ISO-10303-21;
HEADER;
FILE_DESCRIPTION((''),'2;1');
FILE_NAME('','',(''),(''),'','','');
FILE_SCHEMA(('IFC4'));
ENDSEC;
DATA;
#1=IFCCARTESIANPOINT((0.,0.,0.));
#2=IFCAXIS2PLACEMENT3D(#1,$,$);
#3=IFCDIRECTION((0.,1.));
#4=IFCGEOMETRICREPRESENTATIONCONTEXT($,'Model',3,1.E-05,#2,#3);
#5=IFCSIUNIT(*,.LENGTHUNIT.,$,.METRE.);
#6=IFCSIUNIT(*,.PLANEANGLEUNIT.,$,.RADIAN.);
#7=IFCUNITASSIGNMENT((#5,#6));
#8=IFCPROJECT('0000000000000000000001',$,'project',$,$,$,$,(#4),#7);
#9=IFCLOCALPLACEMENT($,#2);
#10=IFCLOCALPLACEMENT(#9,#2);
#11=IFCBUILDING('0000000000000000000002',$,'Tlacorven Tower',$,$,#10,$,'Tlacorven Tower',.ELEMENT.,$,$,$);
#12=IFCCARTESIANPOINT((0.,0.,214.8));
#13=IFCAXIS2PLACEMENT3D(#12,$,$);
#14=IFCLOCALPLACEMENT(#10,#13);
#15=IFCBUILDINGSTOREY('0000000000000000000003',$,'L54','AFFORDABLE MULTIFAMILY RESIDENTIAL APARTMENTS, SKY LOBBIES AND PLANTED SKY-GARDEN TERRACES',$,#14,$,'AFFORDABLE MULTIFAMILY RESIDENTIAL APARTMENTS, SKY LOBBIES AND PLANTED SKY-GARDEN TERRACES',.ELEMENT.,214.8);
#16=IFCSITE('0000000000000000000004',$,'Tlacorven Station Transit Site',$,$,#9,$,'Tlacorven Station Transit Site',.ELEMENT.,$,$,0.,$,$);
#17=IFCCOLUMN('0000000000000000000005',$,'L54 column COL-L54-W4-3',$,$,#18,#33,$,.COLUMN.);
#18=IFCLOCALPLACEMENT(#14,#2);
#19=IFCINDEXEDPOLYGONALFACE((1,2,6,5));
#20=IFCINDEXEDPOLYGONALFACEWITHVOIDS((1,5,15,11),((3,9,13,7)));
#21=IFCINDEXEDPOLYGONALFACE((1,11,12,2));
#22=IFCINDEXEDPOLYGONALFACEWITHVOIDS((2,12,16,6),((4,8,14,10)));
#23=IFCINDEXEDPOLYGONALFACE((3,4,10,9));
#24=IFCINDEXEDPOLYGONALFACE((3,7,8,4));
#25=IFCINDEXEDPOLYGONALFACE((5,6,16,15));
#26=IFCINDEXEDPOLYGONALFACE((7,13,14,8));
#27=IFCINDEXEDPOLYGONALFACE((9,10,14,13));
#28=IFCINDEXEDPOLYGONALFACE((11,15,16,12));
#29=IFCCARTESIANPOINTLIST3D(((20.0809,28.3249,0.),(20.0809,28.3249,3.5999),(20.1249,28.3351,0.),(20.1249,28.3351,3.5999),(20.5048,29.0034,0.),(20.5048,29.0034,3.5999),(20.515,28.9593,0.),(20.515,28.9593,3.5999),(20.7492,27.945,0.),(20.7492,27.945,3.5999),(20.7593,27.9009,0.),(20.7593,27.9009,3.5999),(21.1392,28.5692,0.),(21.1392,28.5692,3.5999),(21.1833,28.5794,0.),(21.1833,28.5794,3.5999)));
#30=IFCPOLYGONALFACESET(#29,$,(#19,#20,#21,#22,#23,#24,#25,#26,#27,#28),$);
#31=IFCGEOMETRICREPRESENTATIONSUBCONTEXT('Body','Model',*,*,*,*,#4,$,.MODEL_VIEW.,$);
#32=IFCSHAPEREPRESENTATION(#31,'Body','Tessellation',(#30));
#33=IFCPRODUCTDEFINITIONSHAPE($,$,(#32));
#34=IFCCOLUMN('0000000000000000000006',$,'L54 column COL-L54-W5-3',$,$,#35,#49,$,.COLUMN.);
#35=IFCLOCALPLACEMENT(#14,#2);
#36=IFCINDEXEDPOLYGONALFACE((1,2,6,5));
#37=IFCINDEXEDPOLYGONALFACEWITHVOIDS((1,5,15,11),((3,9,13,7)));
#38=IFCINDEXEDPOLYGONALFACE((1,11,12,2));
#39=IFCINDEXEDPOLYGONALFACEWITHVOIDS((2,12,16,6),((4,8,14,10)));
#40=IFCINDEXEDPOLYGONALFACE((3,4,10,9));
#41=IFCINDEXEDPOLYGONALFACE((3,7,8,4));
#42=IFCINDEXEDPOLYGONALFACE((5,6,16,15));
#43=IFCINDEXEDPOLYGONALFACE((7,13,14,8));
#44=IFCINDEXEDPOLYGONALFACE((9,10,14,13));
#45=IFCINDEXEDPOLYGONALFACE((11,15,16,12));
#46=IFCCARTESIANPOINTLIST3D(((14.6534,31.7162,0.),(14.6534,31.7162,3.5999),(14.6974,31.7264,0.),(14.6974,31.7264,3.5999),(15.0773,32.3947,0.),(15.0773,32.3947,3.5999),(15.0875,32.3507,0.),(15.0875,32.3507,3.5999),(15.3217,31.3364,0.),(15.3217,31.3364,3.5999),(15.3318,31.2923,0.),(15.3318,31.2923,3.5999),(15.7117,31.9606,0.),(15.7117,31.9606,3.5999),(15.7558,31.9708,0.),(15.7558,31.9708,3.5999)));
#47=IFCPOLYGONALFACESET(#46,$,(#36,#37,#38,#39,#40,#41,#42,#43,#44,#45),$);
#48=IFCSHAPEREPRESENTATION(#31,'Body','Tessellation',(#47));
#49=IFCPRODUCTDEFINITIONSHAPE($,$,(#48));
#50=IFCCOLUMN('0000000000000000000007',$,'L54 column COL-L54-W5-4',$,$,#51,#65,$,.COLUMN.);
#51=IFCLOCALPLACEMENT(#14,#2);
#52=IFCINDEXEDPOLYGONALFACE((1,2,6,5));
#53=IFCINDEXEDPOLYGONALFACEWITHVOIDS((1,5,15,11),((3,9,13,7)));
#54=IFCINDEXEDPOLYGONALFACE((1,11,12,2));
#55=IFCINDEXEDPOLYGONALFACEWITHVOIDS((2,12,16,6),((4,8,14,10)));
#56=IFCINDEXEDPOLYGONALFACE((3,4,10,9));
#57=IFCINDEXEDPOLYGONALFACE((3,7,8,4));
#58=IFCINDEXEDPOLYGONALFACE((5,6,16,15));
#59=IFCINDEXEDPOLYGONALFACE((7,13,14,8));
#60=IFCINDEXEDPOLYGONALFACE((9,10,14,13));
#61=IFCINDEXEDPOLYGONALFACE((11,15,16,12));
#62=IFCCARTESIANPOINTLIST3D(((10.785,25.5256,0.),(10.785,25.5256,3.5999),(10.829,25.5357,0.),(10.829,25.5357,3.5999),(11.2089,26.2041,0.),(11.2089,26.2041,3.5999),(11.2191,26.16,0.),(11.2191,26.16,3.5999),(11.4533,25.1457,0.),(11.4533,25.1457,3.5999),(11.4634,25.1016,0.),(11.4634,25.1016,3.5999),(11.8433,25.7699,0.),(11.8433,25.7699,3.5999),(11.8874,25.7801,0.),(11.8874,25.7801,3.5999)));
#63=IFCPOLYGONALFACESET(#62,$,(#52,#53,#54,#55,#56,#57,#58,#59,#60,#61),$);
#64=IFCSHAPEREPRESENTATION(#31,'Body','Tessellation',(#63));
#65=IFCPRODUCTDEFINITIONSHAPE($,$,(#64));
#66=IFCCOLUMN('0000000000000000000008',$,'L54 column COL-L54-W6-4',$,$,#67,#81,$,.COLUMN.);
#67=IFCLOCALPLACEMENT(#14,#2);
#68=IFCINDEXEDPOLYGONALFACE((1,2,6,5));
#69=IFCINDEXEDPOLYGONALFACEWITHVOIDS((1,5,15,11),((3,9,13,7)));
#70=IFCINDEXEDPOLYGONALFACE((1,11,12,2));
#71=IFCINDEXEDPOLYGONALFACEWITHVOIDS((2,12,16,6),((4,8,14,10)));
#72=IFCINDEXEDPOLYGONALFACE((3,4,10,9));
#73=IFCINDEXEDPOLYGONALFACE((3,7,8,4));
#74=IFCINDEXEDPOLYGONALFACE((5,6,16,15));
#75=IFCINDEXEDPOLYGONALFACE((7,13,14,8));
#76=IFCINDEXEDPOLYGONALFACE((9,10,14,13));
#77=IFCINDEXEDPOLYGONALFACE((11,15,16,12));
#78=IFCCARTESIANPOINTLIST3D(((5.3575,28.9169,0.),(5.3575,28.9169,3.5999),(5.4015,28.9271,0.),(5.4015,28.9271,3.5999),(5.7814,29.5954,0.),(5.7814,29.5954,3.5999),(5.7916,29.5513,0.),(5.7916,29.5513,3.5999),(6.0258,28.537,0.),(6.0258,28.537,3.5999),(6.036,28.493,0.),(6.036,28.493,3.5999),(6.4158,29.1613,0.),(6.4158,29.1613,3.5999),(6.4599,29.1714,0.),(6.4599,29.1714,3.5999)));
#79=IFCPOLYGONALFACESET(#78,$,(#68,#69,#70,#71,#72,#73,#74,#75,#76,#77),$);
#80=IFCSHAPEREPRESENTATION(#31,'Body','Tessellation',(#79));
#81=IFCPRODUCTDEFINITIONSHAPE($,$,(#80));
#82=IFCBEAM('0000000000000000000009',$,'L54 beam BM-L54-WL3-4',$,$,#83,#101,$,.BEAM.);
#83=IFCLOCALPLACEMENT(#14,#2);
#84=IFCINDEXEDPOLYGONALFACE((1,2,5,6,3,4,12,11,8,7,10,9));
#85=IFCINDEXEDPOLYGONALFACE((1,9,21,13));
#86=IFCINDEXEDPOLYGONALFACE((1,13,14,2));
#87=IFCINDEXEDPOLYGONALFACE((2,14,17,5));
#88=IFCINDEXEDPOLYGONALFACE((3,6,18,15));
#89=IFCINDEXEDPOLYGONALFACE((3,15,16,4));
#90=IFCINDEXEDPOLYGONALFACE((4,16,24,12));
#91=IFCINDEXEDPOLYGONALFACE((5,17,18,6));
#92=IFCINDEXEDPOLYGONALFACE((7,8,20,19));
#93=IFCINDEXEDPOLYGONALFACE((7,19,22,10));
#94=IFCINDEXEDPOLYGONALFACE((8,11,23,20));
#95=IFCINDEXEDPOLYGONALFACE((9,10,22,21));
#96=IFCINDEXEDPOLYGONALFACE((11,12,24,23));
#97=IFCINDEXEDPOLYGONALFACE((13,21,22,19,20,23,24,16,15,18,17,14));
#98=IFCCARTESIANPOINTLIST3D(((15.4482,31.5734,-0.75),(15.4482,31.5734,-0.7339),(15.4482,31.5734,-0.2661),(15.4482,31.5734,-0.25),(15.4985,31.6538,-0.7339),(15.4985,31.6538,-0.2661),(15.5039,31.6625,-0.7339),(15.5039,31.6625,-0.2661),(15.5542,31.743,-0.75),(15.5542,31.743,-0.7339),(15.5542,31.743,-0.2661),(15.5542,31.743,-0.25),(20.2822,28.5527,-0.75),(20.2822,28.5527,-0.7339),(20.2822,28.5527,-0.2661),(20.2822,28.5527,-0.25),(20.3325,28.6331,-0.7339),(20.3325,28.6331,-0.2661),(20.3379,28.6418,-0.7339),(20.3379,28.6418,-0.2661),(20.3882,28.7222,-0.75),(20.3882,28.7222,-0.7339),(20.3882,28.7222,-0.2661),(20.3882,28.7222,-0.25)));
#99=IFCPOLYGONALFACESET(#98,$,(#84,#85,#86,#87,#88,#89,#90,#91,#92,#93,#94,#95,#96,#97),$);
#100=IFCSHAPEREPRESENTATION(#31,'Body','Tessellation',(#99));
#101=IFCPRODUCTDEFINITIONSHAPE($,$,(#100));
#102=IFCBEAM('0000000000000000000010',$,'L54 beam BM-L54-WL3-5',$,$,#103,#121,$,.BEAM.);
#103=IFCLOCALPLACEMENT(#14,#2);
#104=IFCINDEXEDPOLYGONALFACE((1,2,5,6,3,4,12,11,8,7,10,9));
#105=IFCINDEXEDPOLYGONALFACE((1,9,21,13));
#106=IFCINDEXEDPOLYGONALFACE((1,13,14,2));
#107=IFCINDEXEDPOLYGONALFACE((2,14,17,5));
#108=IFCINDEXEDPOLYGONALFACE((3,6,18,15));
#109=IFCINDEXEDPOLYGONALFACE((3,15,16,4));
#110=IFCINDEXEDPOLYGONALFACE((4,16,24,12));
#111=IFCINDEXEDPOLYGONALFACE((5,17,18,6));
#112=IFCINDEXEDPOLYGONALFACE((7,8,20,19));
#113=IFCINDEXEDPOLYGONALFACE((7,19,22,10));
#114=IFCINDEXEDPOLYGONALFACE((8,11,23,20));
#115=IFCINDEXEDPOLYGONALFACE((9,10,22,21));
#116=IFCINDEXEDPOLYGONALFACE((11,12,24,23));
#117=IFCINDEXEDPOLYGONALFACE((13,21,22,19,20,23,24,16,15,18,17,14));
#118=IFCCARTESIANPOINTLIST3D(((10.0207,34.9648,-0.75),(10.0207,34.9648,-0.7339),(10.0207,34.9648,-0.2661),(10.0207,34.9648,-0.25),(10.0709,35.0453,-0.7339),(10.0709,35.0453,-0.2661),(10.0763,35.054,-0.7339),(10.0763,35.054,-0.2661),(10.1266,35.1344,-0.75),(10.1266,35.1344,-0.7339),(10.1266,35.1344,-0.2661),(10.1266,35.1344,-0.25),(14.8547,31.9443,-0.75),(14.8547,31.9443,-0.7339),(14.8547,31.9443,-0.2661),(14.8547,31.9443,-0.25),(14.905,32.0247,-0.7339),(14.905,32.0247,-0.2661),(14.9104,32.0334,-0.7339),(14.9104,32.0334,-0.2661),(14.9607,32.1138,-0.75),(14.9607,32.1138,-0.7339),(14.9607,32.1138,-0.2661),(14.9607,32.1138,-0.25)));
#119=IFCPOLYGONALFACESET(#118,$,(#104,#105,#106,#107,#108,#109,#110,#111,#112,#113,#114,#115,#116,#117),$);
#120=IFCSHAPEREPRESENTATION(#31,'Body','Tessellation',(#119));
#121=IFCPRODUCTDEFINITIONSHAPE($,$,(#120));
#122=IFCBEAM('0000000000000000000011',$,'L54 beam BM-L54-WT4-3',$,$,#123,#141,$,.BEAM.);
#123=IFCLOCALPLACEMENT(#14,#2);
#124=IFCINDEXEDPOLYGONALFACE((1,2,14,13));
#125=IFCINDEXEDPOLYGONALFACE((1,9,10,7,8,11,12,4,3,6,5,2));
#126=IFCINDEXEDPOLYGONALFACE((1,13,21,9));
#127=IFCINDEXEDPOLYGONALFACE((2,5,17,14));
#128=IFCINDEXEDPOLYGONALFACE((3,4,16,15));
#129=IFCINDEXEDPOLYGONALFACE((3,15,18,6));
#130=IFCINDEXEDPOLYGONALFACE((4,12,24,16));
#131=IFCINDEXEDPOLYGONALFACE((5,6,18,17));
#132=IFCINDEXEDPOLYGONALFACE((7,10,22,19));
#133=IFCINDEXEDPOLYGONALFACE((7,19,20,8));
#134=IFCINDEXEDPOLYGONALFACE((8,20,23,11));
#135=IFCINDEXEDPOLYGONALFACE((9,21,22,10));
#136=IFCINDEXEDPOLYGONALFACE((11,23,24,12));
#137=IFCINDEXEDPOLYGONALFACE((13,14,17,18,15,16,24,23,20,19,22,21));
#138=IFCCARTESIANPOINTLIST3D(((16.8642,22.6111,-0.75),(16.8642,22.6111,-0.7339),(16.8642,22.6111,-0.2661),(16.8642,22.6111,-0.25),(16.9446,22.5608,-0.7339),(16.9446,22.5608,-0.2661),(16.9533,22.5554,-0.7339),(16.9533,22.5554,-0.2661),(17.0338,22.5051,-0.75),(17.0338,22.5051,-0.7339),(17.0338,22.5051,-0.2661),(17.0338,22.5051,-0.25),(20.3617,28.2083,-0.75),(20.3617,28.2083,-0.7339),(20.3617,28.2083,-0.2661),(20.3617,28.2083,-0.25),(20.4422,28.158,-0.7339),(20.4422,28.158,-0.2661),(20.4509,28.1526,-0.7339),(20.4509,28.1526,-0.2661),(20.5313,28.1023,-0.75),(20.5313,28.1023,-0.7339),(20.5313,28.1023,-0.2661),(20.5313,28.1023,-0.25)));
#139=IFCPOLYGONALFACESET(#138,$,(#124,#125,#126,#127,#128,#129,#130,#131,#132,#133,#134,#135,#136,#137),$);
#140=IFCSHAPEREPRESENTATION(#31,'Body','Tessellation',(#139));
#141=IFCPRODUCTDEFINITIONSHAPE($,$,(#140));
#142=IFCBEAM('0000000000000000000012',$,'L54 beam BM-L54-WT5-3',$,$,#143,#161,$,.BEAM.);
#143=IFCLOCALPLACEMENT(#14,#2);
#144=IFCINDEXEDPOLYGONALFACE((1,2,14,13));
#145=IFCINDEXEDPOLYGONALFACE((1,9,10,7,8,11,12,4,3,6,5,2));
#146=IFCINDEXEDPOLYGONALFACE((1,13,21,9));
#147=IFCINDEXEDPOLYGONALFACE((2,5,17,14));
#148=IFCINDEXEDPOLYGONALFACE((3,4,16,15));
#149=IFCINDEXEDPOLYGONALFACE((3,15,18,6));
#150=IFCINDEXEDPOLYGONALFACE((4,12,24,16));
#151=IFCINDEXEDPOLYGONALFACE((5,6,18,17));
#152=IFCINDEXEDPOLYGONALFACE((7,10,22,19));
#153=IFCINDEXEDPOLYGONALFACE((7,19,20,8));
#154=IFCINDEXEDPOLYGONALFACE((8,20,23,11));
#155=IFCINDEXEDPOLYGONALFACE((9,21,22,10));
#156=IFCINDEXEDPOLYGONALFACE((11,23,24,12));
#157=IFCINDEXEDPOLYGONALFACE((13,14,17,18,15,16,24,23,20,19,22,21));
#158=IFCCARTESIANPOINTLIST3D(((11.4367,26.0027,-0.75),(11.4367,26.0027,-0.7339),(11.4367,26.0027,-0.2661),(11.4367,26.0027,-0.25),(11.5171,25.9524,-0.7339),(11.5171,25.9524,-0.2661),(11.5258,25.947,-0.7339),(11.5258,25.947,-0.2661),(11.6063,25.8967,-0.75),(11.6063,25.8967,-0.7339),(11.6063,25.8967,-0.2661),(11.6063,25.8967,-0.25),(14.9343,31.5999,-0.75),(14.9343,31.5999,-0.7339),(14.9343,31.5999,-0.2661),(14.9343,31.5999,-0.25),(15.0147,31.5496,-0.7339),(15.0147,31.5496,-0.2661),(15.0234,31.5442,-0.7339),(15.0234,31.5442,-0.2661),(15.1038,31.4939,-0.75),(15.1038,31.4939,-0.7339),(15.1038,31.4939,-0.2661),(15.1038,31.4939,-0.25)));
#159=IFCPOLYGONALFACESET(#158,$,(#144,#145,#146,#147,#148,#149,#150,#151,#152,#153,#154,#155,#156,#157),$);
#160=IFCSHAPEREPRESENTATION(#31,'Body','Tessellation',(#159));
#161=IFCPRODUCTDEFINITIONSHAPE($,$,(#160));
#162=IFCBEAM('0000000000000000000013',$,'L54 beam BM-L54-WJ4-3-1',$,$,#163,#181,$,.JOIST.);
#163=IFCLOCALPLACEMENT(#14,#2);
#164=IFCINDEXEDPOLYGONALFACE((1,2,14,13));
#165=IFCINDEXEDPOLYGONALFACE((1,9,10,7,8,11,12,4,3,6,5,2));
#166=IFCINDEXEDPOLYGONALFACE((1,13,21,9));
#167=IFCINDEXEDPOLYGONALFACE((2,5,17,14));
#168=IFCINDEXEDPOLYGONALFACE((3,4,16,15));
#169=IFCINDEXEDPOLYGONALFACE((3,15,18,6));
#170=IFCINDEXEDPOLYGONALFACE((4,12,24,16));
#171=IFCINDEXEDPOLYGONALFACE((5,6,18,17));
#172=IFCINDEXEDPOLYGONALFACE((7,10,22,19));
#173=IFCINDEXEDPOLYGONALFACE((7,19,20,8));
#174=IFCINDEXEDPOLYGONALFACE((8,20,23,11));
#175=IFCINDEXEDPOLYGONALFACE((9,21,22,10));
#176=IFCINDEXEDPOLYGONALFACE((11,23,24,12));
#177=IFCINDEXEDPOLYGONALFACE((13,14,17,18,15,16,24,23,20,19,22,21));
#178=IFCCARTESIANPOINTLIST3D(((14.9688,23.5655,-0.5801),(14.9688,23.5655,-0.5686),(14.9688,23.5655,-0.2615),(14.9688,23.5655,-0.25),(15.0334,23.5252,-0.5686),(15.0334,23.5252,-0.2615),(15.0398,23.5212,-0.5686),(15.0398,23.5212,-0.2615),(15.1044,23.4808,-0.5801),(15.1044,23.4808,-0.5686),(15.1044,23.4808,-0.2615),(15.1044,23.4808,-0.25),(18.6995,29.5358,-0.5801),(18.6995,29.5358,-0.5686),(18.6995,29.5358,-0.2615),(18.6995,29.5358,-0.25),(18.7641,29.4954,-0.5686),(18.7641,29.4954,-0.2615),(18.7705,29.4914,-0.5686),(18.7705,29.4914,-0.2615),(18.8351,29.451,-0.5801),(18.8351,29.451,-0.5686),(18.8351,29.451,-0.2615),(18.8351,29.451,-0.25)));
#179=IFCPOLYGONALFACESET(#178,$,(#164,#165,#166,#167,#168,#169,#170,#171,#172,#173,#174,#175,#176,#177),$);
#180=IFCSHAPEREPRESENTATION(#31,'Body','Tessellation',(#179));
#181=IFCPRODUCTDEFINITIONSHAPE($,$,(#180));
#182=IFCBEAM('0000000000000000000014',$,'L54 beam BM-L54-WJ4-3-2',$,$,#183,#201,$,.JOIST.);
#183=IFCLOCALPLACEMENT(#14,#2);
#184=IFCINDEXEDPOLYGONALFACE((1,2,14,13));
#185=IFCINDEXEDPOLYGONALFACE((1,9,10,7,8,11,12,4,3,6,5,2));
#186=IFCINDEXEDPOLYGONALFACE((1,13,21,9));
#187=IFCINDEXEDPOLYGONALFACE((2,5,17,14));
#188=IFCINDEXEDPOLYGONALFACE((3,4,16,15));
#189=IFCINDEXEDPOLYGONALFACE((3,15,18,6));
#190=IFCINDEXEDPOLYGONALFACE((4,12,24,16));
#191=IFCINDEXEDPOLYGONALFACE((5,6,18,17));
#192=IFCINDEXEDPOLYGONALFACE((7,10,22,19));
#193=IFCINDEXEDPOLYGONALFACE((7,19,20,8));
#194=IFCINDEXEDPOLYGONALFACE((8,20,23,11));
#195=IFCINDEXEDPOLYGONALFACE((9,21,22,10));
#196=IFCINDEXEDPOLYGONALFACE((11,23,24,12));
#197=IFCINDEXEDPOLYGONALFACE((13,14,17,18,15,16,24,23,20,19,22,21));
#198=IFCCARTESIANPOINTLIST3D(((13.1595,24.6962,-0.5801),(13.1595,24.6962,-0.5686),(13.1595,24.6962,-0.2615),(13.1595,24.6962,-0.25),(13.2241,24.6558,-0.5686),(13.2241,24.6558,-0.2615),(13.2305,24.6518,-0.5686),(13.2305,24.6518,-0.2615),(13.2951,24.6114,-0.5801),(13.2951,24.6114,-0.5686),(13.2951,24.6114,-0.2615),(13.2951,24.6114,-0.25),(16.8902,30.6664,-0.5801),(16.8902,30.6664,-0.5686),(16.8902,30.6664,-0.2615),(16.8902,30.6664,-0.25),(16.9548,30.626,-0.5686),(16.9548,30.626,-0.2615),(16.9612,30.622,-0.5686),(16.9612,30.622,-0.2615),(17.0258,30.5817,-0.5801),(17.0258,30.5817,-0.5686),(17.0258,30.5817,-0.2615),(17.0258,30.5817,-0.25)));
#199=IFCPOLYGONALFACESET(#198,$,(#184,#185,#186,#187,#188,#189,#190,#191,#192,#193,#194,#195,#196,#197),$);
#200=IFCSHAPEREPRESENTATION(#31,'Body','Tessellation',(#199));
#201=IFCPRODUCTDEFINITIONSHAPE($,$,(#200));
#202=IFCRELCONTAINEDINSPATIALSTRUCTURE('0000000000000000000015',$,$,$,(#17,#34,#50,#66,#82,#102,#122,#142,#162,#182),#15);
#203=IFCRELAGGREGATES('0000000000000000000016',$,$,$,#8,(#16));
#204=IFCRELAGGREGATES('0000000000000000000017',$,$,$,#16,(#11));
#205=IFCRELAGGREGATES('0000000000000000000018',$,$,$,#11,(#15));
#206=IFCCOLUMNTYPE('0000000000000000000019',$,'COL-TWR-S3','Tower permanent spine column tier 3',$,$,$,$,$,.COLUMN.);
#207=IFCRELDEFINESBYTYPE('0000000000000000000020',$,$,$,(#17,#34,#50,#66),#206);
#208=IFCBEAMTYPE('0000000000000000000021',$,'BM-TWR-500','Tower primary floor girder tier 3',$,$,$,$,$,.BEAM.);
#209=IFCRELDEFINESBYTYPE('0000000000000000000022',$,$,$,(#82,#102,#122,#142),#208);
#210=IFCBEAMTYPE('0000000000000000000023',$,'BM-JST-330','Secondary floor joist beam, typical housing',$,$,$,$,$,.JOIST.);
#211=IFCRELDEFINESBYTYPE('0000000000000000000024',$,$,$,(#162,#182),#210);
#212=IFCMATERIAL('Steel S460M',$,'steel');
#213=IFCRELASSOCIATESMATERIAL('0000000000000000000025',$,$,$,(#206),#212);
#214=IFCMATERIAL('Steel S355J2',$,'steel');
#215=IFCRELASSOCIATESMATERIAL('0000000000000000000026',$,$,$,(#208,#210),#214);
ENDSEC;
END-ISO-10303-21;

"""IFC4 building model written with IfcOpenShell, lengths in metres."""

from ifc_helpers import new_model, si_unit, direction, frame, origin, origin_2d, place, context, subcontext, project, spatial, hollow_rectangle, i_section, extrude, source, transform, mapped, material, material_profile, profile_set, type_object, element, save


model = new_model("IFC4")

# Units and contexts
model_context = context("Model", 3, precision=1e-05, world=origin(), true_north=direction((0.0, 1.0)))
body_context = subcontext(model_context, "Body", "Model", "MODEL_VIEW")
ifc_project = project(units=[si_unit("LENGTHUNIT", "METRE"), si_unit("PLANEANGLEUNIT", "RADIAN")], contexts=[model_context])

# Site, building, storey
site_placement = place(None, origin())
site = spatial("IfcSite", under=ifc_project, at=site_placement, Name="Tlacorven Station Transit Site", LongName="Tlacorven Station Transit Site", CompositionType="ELEMENT", RefElevation=0.0)
building_placement = place(site_placement, origin())
building = spatial("IfcBuilding", under=site, at=building_placement, Name="Tlacorven Tower", LongName="Tlacorven Tower", CompositionType="ELEMENT")
storey_placement = place(building_placement, frame((0.0, 0.0, 214.8)))
storey = spatial("IfcBuildingStorey", under=building, at=storey_placement, Name="L54", Description="AFFORDABLE MULTIFAMILY RESIDENTIAL APARTMENTS, SKY LOBBIES AND PLANTED SKY-GARDEN TERRACES", LongName="AFFORDABLE MULTIFAMILY RESIDENTIAL APARTMENTS, SKY LOBBIES AND PLANTED SKY-GARDEN TERRACES", CompositionType="ELEMENT", Elevation=214.8)

# Columns
ifc_material_1 = material(Name="Steel S460M", Category="steel")
ifc_material_profile_1 = material_profile(ifc_material_1, hollow_rectangle(XDim=0.8, YDim=0.8, WallThickness=0.032, at=origin_2d()), Name="BOX 800X800X32")
ifc_profile_set_1 = profile_set([ifc_material_profile_1], Name="Steel S460M")
column_type = type_object("IfcColumnType", Name="COL-TWR-S3", Description="Tower permanent spine column tier 3", PredefinedType="COLUMN", material=ifc_profile_set_1)
shared_shape_1 = source(origin(), body_context, "Body", "SweptSolid", [
    extrude(hollow_rectangle(XDim=0.8, YDim=0.8, WallThickness=0.032, at=origin_2d()), origin(), (0.0, 0.0, 1.0), 3.5999),
])
for number, where, z_axis, x_axis, name in (
    (1, (20.6321, 28.4521, 0.0), (0.0, 0.0, 1.0), (-0.848048, 0.529919, 0.0), "L54 column COL-L54-W4-3"),
    (2, (15.2046, 31.8435, 0.0), (0.0, 0.0, 1.0), (-0.848048, 0.529919, 0.0), "L54 column COL-L54-W5-3"),
    (3, (11.3362, 25.6528, 0.0), (0.0, 0.0, 1.0), (-0.848048, 0.529919, 0.0), "L54 column COL-L54-W5-4"),
    (4, (5.9087, 29.0442, 0.0), (0.0, 0.0, 1.0), (-0.848048, 0.529919, 0.0), "L54 column COL-L54-W6-4"),
):
    element("IfcColumn", number, at=place(storey_placement, frame(where, z_axis=z_axis, x_axis=x_axis)), inside=storey, type_object=column_type, Name=name, PredefinedType="COLUMN", context=body_context, shape_type="MappedRepresentation", body=[
        mapped(shared_shape_1, transform((0.0, 0.0, 0.0), scale=1.0)),
    ])

# Beams
ifc_material_2 = material(Name="Steel S355J2", Category="steel")
ifc_material_profile_2 = material_profile(ifc_material_2, i_section(OverallWidth=0.2, OverallDepth=0.5, WebThickness=0.0103, FlangeThickness=0.0161, at=origin_2d()), Name="IPE 500")
ifc_profile_set_2 = profile_set([ifc_material_profile_2], Name="Steel S355J2")
beam_type_1 = type_object("IfcBeamType", Name="BM-TWR-500", Description="Tower primary floor girder tier 3", PredefinedType="BEAM", material=ifc_profile_set_2)
shared_shape_2 = source(origin(), body_context, "Body", "SweptSolid", [
    extrude(i_section(OverallWidth=0.2, OverallDepth=0.5, WebThickness=0.0103, FlangeThickness=0.0161, at=origin_2d()), origin(), (0.0, 0.0, 1.0), 5.7002),
])
for number, where, z_axis, x_axis, name in (
    (5, (20.3352, 28.6375, -0.5), (-0.848037, 0.529937, 0.0), (-0.529937, -0.848037, 0.0), "L54 beam BM-L54-WL3-4"),
    (6, (14.9077, 32.0291, -0.5), (-0.848056, 0.529907, 0.0), (-0.529907, -0.848056, 0.0), "L54 beam BM-L54-WL3-5"),
):
    element("IfcBeam", number, at=place(storey_placement, frame(where, z_axis=z_axis, x_axis=x_axis)), inside=storey, type_object=beam_type_1, Name=name, PredefinedType="BEAM", context=body_context, shape_type="MappedRepresentation", body=[
        mapped(shared_shape_2, transform((0.0, 0.0, 0.0), scale=1.0)),
    ])
shared_shape_3 = source(origin(), body_context, "Body", "SweptSolid", [
    extrude(i_section(OverallWidth=0.2, OverallDepth=0.5, WebThickness=0.0103, FlangeThickness=0.0161, at=origin_2d()), origin(), (0.0, 0.0, 1.0), 6.6001),
])
for number, where, z_axis, x_axis, name in (
    (7, (20.4465, 28.1553, -0.5), (-0.529926, -0.848044, 0.0), (0.848044, -0.529926, 0.0), "L54 beam BM-L54-WT4-3"),
    (8, (15.019, 31.5469, -0.5), (-0.529926, -0.848044, 0.0), (0.848044, -0.529926, 0.0), "L54 beam BM-L54-WT5-3"),
):
    element("IfcBeam", number, at=place(storey_placement, frame(where, z_axis=z_axis, x_axis=x_axis)), inside=storey, type_object=beam_type_1, Name=name, PredefinedType="BEAM", context=body_context, shape_type="MappedRepresentation", body=[
        mapped(shared_shape_3, transform((0.0, 0.0, 0.0), scale=1.0)),
    ])
ifc_material_profile_3 = material_profile(ifc_material_2, i_section(OverallWidth=0.1599, OverallDepth=0.3301, WebThickness=0.0076, FlangeThickness=0.0115, at=origin_2d()), Name="IPE 330")
ifc_profile_set_3 = profile_set([ifc_material_profile_3], Name="Steel S355J2")
beam_type_2 = type_object("IfcBeamType", Name="BM-JST-330", Description="Secondary floor joist beam, typical housing", PredefinedType="JOIST", material=ifc_profile_set_3)
shared_shape_4 = source(origin(), body_context, "Body", "SweptSolid", [
    extrude(i_section(OverallWidth=0.1599, OverallDepth=0.3301, WebThickness=0.0076, FlangeThickness=0.0115, at=origin_2d()), origin(), (0.0, 0.0, 1.0), 7.04),
])
for number, where, z_axis, x_axis, name in (
    (9, (18.7673, 29.4934, -0.415), (-0.52993, -0.848041, 0.0), (0.848041, -0.52993, 0.0), "L54 beam BM-L54-WJ4-3-1"),
    (10, (16.958, 30.624, -0.415), (-0.52993, -0.848041, 0.0), (0.848041, -0.52993, 0.0), "L54 beam BM-L54-WJ4-3-2"),
):
    element("IfcBeam", number, at=place(storey_placement, frame(where, z_axis=z_axis, x_axis=x_axis)), inside=storey, type_object=beam_type_2, Name=name, PredefinedType="JOIST", context=body_context, shape_type="MappedRepresentation", body=[
        mapped(shared_shape_4, transform((0.0, 0.0, 0.0), scale=1.0)),
    ])

save(model, "model.ifc")
